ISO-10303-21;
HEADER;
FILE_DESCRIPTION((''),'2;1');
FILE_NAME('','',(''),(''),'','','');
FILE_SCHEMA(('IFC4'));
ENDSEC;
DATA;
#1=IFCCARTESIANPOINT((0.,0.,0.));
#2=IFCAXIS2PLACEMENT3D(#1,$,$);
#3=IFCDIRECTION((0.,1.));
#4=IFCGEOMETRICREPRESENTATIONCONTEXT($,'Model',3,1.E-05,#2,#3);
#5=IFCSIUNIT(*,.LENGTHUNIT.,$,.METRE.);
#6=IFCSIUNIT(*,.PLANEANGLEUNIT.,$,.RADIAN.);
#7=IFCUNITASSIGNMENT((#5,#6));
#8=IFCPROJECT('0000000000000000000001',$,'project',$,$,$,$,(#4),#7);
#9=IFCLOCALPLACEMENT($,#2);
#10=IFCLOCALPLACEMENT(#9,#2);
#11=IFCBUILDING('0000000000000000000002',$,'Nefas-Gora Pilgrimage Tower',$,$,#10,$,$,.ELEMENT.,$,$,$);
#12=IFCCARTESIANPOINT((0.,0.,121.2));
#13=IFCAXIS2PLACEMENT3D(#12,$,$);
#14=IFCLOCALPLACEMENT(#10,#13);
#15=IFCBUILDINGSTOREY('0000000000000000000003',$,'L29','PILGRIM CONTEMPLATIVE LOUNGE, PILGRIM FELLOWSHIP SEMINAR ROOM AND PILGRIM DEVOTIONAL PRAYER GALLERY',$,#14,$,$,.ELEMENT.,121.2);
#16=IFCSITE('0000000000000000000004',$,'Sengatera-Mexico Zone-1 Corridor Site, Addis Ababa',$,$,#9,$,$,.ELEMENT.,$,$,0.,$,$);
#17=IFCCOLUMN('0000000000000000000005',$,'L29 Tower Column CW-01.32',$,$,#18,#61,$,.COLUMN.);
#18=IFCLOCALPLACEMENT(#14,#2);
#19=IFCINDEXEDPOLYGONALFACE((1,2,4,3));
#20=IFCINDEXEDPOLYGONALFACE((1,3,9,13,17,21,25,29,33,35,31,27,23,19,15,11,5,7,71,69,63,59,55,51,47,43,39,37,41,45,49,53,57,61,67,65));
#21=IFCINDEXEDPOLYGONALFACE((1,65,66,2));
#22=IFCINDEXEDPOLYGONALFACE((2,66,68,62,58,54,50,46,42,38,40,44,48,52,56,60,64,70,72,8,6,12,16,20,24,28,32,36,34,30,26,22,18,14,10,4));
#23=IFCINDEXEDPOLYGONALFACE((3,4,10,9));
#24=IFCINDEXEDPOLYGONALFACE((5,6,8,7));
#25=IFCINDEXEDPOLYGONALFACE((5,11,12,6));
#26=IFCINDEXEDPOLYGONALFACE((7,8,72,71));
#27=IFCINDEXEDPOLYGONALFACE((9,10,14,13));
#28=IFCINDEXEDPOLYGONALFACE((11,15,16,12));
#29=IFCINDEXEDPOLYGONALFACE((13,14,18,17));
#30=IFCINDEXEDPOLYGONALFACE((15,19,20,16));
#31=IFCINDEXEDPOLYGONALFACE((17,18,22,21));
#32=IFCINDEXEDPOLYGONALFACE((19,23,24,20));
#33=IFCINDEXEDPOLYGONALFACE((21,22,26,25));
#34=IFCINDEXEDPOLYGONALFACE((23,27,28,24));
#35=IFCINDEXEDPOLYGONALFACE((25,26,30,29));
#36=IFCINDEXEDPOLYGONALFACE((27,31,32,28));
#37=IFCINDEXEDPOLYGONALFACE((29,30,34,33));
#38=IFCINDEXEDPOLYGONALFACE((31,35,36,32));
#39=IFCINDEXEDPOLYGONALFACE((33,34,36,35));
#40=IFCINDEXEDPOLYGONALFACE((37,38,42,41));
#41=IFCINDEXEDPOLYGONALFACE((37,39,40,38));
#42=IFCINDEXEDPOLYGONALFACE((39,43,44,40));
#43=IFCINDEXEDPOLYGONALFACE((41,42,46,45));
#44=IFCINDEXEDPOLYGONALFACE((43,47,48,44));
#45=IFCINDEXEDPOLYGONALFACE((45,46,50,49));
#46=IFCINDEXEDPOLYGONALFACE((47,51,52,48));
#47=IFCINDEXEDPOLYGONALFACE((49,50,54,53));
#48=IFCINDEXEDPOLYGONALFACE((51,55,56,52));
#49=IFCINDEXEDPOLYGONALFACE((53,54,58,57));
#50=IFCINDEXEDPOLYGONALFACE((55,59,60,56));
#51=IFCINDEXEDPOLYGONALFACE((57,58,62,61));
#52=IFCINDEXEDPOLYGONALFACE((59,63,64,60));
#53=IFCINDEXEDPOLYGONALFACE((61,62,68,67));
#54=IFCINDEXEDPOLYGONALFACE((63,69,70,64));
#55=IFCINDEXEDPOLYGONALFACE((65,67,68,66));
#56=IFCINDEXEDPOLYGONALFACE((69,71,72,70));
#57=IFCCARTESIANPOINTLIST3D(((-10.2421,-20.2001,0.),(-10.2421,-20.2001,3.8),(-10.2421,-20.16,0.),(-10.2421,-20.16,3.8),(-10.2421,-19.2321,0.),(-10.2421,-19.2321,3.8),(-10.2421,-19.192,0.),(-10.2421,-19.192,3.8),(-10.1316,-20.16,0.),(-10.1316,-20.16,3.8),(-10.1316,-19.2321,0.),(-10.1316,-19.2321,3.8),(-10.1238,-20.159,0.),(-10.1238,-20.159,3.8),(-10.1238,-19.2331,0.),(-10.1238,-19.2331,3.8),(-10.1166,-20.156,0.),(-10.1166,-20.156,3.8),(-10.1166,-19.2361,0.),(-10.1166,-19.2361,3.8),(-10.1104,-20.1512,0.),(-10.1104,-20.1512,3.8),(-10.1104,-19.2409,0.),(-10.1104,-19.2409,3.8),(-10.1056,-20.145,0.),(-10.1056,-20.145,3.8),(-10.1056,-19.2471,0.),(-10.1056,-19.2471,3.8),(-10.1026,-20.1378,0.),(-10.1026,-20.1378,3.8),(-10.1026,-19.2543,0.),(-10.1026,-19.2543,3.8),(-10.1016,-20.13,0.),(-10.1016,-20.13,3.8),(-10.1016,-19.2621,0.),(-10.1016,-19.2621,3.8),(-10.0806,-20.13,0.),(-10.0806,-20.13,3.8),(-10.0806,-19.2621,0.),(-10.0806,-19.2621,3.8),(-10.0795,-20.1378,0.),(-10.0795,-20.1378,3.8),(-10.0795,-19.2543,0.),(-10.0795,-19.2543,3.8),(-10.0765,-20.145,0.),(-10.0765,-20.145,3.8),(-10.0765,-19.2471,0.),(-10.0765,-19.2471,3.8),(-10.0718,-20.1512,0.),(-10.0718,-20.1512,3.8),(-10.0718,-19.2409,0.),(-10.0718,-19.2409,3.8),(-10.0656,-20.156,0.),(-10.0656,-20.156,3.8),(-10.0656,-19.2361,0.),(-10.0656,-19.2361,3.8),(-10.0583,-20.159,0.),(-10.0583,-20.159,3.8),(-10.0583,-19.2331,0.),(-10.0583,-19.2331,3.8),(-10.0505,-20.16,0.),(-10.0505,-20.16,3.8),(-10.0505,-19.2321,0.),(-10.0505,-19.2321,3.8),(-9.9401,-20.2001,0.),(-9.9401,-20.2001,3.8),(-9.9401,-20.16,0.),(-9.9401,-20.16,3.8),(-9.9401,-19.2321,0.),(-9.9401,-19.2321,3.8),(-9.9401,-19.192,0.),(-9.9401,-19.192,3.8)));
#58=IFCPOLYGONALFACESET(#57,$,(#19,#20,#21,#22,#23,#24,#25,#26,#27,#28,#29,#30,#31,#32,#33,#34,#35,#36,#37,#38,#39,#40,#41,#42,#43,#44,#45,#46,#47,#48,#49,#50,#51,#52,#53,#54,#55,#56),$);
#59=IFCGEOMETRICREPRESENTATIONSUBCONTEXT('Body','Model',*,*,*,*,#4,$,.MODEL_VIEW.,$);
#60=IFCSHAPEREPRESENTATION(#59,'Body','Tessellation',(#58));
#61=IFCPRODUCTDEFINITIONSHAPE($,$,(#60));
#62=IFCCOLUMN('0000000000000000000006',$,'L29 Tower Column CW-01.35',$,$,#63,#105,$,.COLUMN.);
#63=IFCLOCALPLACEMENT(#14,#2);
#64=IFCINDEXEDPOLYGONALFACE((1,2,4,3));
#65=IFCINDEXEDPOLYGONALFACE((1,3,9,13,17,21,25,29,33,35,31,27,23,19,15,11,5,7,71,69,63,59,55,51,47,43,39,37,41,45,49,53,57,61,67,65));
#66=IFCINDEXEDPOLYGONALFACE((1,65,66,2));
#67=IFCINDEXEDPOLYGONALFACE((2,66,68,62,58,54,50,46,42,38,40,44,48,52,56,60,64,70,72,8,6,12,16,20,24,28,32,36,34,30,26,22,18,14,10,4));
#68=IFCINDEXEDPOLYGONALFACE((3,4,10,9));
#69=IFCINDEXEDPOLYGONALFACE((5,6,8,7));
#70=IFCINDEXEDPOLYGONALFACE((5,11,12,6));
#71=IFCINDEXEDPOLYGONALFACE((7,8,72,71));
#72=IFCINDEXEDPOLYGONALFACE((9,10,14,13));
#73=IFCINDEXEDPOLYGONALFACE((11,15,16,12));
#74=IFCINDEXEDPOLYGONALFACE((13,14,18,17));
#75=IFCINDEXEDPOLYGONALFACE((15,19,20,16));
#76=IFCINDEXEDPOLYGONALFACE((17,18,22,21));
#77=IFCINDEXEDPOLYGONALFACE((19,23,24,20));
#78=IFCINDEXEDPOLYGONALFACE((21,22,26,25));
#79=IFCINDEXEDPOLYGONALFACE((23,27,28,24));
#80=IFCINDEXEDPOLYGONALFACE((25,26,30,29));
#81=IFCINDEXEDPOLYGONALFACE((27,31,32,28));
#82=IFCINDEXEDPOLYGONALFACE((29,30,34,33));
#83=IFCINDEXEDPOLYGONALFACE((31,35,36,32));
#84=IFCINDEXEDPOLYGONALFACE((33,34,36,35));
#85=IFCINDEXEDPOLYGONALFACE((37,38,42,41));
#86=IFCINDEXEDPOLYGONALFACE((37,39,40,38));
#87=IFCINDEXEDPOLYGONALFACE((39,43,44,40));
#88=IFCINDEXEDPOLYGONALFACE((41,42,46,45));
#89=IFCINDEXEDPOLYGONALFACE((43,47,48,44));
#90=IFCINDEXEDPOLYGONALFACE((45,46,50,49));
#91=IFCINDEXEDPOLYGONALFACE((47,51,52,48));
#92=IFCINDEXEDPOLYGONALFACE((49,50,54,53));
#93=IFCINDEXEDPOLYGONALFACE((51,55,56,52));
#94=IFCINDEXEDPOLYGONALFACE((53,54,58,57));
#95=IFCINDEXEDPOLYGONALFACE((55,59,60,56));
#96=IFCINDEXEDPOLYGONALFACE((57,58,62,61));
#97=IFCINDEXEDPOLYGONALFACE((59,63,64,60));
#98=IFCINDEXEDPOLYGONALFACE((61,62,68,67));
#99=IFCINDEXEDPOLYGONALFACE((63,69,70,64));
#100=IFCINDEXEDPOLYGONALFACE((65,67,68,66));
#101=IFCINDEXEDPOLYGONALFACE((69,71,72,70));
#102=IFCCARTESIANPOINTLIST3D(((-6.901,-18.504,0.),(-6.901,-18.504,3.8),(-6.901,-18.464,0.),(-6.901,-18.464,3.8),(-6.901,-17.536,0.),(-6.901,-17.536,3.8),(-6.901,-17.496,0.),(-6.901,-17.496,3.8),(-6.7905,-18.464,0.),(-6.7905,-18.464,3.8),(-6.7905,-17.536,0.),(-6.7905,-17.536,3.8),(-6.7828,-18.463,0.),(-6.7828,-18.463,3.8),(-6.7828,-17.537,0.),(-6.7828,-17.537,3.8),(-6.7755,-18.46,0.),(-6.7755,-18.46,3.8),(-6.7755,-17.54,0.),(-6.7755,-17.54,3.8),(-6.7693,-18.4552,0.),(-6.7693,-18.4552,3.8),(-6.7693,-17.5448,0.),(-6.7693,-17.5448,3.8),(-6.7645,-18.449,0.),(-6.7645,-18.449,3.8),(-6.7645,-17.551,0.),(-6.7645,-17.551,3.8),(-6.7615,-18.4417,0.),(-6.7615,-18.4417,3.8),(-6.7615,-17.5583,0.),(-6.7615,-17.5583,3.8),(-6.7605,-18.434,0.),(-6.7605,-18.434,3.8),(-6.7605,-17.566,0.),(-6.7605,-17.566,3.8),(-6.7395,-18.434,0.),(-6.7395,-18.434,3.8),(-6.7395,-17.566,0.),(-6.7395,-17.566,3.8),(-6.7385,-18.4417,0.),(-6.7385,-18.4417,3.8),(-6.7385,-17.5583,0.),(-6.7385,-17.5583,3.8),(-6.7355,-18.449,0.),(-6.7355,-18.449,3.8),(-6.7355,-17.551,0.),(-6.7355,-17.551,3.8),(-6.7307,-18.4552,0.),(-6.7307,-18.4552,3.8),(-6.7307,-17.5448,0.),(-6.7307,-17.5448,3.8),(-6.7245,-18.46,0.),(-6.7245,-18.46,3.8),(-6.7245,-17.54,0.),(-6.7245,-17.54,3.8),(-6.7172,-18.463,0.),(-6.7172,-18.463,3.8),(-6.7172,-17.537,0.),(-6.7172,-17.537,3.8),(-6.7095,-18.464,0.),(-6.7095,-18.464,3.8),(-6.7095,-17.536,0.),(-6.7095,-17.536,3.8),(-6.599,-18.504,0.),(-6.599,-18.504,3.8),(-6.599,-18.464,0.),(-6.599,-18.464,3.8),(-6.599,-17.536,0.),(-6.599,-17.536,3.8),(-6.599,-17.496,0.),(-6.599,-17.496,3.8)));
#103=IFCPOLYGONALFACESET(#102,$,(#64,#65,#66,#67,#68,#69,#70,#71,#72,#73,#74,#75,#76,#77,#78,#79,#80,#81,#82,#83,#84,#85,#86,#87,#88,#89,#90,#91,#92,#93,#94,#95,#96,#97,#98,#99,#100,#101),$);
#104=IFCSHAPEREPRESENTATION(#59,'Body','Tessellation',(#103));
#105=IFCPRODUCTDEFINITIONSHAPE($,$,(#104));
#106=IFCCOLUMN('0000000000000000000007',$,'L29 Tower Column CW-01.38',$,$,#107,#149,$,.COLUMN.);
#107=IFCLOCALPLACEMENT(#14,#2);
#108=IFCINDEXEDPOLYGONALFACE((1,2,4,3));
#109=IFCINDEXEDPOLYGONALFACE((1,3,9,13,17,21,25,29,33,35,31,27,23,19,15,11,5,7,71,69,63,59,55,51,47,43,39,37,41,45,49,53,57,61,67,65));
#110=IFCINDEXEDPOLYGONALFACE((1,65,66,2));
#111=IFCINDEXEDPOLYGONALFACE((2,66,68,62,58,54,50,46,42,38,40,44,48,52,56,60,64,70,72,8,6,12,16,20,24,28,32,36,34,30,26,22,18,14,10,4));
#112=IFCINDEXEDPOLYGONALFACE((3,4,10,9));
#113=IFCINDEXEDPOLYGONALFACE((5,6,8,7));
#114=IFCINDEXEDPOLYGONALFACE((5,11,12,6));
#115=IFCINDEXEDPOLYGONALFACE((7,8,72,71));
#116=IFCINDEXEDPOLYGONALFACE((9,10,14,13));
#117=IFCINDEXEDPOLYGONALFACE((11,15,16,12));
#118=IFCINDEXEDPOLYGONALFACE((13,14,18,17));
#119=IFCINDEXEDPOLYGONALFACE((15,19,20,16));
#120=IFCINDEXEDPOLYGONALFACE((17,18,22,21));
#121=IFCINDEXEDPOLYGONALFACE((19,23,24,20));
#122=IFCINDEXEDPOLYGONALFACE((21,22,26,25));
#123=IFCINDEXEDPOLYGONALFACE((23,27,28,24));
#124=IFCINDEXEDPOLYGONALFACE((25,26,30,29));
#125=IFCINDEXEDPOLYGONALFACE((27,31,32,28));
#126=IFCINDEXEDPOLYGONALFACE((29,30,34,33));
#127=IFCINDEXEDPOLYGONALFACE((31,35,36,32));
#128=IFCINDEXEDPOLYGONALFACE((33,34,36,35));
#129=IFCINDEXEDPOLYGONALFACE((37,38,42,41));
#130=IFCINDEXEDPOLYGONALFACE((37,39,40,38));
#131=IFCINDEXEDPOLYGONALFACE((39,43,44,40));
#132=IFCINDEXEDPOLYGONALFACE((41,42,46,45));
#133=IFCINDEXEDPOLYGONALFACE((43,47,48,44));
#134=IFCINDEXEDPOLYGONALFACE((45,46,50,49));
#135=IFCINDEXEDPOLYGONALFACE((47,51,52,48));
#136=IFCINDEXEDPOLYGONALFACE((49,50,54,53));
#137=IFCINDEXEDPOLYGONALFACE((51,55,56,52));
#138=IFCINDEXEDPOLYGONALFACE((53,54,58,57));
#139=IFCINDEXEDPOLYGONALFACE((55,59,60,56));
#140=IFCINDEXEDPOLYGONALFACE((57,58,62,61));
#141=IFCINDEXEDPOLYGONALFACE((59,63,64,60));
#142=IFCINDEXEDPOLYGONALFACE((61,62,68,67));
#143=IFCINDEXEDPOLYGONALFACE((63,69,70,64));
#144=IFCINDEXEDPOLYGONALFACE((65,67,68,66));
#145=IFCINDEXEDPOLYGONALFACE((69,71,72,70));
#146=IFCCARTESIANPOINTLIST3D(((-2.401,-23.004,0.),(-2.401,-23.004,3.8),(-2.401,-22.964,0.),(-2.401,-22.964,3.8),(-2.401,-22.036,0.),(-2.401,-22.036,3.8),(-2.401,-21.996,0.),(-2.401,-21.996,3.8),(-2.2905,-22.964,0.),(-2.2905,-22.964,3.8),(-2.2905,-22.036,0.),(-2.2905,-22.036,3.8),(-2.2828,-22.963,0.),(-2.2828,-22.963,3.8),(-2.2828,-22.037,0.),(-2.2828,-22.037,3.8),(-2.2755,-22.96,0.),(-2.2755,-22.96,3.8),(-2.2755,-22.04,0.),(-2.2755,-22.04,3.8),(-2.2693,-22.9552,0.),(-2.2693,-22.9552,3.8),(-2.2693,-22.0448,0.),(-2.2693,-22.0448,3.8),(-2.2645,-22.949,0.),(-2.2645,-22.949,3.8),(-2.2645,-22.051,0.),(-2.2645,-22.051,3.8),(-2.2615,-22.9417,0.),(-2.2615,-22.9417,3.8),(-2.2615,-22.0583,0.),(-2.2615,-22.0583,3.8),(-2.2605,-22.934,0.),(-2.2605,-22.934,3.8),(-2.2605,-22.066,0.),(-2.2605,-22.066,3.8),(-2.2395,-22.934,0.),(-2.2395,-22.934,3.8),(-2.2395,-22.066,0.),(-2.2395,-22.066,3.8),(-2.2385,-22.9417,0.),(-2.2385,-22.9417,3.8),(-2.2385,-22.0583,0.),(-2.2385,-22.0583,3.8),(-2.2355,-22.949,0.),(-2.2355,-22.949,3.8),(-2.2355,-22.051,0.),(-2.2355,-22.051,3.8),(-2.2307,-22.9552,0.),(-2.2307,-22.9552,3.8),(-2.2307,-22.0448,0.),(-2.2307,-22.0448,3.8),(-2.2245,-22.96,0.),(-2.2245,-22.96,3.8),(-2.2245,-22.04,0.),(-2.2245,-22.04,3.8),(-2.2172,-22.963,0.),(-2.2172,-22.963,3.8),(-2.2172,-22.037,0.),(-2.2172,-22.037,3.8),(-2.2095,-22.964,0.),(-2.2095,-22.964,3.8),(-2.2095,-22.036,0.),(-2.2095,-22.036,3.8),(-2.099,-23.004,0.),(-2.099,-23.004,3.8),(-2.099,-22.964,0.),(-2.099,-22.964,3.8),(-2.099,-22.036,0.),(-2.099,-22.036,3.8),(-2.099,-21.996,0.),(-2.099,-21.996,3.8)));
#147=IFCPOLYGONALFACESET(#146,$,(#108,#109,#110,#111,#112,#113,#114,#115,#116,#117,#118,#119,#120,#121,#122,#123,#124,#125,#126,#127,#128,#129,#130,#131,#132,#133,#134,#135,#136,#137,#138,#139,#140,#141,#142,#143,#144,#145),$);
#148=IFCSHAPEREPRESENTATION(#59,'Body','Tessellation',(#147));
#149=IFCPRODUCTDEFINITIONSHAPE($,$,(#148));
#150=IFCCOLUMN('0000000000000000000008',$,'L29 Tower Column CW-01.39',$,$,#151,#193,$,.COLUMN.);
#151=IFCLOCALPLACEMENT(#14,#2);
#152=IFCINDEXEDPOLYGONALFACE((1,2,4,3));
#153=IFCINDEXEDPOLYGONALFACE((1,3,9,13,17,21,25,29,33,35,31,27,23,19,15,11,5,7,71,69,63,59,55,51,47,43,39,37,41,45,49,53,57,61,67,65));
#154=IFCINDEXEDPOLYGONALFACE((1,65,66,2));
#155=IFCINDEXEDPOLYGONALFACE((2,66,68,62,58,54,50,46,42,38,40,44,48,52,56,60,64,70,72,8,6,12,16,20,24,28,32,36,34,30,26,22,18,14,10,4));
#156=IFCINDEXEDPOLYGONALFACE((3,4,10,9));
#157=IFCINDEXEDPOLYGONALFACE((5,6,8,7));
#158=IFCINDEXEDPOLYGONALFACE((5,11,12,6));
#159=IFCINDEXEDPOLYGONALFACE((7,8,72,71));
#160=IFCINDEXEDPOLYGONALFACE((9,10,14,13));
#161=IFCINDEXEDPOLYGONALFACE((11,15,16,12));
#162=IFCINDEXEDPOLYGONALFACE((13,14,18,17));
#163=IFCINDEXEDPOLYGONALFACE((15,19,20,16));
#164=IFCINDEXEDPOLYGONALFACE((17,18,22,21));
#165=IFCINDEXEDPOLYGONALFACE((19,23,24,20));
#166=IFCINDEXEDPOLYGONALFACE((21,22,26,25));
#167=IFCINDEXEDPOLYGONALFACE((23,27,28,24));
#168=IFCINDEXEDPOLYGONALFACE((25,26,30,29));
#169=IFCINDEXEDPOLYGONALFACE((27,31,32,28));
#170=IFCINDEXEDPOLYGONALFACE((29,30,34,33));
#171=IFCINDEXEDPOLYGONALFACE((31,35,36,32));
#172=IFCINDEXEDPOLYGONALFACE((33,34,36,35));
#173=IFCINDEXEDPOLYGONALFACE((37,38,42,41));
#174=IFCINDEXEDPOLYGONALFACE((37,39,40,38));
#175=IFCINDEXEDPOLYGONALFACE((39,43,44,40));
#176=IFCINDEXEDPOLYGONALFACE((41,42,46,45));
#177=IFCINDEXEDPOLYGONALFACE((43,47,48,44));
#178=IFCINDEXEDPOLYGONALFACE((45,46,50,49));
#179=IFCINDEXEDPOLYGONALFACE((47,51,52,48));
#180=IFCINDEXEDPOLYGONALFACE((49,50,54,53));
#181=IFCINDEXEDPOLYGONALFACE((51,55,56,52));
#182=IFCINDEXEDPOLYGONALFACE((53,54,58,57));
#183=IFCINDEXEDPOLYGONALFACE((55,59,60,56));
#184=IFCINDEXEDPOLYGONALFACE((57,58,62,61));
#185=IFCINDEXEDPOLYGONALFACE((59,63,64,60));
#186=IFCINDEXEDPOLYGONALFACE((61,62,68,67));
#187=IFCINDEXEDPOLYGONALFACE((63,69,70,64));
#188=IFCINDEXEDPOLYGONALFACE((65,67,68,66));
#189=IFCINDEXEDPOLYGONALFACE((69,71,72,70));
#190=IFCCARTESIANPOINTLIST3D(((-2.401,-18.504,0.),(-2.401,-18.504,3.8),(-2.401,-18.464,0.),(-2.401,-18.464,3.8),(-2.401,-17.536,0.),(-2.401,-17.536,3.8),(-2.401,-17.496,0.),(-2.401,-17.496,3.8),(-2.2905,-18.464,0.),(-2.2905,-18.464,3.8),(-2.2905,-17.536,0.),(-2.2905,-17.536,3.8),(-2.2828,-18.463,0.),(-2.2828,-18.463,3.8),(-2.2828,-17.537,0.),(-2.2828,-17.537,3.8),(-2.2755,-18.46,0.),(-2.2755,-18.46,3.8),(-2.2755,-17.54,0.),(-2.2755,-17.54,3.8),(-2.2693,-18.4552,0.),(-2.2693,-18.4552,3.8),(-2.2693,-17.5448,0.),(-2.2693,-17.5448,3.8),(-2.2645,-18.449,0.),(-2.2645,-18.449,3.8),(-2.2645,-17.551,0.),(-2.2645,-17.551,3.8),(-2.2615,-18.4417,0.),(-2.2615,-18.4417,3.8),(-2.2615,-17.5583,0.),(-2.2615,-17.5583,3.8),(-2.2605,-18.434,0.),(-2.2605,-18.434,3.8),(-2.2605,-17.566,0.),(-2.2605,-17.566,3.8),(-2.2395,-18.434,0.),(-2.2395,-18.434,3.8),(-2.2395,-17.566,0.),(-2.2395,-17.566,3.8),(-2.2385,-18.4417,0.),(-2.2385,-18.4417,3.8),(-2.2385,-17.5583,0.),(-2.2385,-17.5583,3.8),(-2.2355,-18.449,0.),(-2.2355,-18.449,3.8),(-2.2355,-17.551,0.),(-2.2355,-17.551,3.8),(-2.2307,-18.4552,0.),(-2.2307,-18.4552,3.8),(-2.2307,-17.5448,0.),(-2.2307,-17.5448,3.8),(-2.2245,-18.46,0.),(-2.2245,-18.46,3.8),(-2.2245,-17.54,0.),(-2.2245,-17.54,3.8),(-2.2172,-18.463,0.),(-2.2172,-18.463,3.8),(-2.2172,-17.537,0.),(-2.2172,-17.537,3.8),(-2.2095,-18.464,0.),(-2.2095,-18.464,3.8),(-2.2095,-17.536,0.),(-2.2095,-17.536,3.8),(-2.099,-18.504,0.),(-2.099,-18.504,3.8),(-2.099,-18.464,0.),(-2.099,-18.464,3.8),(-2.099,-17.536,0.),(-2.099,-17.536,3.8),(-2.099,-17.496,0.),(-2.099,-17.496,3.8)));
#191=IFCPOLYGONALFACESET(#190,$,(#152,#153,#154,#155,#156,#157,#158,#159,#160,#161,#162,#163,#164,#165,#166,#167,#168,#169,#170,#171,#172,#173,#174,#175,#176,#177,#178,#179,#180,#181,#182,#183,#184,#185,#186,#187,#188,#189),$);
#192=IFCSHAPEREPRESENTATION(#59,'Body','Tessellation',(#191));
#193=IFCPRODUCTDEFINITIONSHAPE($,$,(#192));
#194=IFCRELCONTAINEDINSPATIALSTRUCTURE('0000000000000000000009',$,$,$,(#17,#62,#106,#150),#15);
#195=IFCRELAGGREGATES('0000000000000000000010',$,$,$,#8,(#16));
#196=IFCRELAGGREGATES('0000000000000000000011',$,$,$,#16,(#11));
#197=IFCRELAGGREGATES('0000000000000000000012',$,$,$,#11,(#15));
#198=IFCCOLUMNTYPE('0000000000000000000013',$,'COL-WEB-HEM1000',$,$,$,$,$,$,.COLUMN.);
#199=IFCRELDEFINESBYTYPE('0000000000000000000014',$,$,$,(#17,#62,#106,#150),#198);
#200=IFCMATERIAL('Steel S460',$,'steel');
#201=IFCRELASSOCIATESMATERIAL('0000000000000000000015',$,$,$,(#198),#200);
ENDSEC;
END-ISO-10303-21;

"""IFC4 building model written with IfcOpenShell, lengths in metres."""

from ifc_helpers import new_model, si_unit, direction, frame, origin, origin_2d, place, context, subcontext, project, spatial, i_section, extrude, source, transform, mapped, material, material_profile, profile_set, type_object, element, save


model = new_model("IFC4")

# Units and contexts
model_context = context("Model", 3, precision=1e-05, world=origin(), true_north=direction((0.0, 1.0)))
body_context = subcontext(model_context, "Body", "Model", "MODEL_VIEW")
ifc_project = project(units=[si_unit("LENGTHUNIT", "METRE"), si_unit("PLANEANGLEUNIT", "RADIAN")], contexts=[model_context])

# Site, building, storey
site_placement = place(None, origin())
site = spatial("IfcSite", under=ifc_project, at=site_placement, Name="Sengatera-Mexico Zone-1 Corridor Site, Addis Ababa", CompositionType="ELEMENT", RefElevation=0.0)
building_placement = place(site_placement, origin())
building = spatial("IfcBuilding", under=site, at=building_placement, Name="Nefas-Gora Pilgrimage Tower", CompositionType="ELEMENT")
storey_placement = place(building_placement, frame((0.0, 0.0, 121.2)))
storey = spatial("IfcBuildingStorey", under=building, at=storey_placement, Name="L29", Description="PILGRIM CONTEMPLATIVE LOUNGE, PILGRIM FELLOWSHIP SEMINAR ROOM AND PILGRIM DEVOTIONAL PRAYER GALLERY", CompositionType="ELEMENT", Elevation=121.2)

# Columns
ifc_material_1 = material(Name="Steel S460", Category="steel")
ifc_material_profile_1 = material_profile(ifc_material_1, i_section(OverallWidth=0.302, OverallDepth=1.0081, WebThickness=0.021, FlangeThickness=0.04, FilletRadius=0.03, at=origin_2d()), Name="HEM 1000")
ifc_profile_set_1 = profile_set([ifc_material_profile_1], Name="Steel S460")
column_type_1 = type_object("IfcColumnType", Name="COL-WEB-HEM1000", PredefinedType="COLUMN", material=ifc_profile_set_1)
shared_shape_1 = source(origin(), body_context, "Body", "SweptSolid", [
    extrude(i_section(OverallWidth=0.302, OverallDepth=1.0081, WebThickness=0.021, FlangeThickness=0.04, FilletRadius=0.03, at=origin_2d()), origin(), (0.0, 0.0, 1.0), 3.8),
])
for number, where, z_axis, x_axis, name in (
    (1, (-10.0911, -19.696, 0.0), (0.0, 0.0, 1.0), (1.0, 0.0, 0.0), "L29 Tower Column CW-01.32"),
    (2, (-6.75, -18.0, 0.0), (0.0, 0.0, 1.0), (1.0, 0.0, 0.0), "L29 Tower Column CW-01.35"),
    (3, (-2.25, -22.5, 0.0), (0.0, 0.0, 1.0), (1.0, 0.0, 0.0), "L29 Tower Column CW-01.38"),
    (4, (-2.25, -18.0, 0.0), (0.0, 0.0, 1.0), (1.0, 0.0, 0.0), "L29 Tower Column CW-01.39"),
):
    element("IfcColumn", number, at=place(storey_placement, frame(where, z_axis=z_axis, x_axis=x_axis)), inside=storey, type_object=column_type_1, Name=name, PredefinedType="COLUMN", context=body_context, shape_type="MappedRepresentation", body=[
        mapped(shared_shape_1, transform((0.0, 0.0, 0.0), x_axis=(1.0, 0.0, 0.0), y_axis=(0.0, 1.0, 0.0), z_axis=(0.0, 0.0, 1.0), scale=1.0)),
    ])

save(model, "model.ifc")
